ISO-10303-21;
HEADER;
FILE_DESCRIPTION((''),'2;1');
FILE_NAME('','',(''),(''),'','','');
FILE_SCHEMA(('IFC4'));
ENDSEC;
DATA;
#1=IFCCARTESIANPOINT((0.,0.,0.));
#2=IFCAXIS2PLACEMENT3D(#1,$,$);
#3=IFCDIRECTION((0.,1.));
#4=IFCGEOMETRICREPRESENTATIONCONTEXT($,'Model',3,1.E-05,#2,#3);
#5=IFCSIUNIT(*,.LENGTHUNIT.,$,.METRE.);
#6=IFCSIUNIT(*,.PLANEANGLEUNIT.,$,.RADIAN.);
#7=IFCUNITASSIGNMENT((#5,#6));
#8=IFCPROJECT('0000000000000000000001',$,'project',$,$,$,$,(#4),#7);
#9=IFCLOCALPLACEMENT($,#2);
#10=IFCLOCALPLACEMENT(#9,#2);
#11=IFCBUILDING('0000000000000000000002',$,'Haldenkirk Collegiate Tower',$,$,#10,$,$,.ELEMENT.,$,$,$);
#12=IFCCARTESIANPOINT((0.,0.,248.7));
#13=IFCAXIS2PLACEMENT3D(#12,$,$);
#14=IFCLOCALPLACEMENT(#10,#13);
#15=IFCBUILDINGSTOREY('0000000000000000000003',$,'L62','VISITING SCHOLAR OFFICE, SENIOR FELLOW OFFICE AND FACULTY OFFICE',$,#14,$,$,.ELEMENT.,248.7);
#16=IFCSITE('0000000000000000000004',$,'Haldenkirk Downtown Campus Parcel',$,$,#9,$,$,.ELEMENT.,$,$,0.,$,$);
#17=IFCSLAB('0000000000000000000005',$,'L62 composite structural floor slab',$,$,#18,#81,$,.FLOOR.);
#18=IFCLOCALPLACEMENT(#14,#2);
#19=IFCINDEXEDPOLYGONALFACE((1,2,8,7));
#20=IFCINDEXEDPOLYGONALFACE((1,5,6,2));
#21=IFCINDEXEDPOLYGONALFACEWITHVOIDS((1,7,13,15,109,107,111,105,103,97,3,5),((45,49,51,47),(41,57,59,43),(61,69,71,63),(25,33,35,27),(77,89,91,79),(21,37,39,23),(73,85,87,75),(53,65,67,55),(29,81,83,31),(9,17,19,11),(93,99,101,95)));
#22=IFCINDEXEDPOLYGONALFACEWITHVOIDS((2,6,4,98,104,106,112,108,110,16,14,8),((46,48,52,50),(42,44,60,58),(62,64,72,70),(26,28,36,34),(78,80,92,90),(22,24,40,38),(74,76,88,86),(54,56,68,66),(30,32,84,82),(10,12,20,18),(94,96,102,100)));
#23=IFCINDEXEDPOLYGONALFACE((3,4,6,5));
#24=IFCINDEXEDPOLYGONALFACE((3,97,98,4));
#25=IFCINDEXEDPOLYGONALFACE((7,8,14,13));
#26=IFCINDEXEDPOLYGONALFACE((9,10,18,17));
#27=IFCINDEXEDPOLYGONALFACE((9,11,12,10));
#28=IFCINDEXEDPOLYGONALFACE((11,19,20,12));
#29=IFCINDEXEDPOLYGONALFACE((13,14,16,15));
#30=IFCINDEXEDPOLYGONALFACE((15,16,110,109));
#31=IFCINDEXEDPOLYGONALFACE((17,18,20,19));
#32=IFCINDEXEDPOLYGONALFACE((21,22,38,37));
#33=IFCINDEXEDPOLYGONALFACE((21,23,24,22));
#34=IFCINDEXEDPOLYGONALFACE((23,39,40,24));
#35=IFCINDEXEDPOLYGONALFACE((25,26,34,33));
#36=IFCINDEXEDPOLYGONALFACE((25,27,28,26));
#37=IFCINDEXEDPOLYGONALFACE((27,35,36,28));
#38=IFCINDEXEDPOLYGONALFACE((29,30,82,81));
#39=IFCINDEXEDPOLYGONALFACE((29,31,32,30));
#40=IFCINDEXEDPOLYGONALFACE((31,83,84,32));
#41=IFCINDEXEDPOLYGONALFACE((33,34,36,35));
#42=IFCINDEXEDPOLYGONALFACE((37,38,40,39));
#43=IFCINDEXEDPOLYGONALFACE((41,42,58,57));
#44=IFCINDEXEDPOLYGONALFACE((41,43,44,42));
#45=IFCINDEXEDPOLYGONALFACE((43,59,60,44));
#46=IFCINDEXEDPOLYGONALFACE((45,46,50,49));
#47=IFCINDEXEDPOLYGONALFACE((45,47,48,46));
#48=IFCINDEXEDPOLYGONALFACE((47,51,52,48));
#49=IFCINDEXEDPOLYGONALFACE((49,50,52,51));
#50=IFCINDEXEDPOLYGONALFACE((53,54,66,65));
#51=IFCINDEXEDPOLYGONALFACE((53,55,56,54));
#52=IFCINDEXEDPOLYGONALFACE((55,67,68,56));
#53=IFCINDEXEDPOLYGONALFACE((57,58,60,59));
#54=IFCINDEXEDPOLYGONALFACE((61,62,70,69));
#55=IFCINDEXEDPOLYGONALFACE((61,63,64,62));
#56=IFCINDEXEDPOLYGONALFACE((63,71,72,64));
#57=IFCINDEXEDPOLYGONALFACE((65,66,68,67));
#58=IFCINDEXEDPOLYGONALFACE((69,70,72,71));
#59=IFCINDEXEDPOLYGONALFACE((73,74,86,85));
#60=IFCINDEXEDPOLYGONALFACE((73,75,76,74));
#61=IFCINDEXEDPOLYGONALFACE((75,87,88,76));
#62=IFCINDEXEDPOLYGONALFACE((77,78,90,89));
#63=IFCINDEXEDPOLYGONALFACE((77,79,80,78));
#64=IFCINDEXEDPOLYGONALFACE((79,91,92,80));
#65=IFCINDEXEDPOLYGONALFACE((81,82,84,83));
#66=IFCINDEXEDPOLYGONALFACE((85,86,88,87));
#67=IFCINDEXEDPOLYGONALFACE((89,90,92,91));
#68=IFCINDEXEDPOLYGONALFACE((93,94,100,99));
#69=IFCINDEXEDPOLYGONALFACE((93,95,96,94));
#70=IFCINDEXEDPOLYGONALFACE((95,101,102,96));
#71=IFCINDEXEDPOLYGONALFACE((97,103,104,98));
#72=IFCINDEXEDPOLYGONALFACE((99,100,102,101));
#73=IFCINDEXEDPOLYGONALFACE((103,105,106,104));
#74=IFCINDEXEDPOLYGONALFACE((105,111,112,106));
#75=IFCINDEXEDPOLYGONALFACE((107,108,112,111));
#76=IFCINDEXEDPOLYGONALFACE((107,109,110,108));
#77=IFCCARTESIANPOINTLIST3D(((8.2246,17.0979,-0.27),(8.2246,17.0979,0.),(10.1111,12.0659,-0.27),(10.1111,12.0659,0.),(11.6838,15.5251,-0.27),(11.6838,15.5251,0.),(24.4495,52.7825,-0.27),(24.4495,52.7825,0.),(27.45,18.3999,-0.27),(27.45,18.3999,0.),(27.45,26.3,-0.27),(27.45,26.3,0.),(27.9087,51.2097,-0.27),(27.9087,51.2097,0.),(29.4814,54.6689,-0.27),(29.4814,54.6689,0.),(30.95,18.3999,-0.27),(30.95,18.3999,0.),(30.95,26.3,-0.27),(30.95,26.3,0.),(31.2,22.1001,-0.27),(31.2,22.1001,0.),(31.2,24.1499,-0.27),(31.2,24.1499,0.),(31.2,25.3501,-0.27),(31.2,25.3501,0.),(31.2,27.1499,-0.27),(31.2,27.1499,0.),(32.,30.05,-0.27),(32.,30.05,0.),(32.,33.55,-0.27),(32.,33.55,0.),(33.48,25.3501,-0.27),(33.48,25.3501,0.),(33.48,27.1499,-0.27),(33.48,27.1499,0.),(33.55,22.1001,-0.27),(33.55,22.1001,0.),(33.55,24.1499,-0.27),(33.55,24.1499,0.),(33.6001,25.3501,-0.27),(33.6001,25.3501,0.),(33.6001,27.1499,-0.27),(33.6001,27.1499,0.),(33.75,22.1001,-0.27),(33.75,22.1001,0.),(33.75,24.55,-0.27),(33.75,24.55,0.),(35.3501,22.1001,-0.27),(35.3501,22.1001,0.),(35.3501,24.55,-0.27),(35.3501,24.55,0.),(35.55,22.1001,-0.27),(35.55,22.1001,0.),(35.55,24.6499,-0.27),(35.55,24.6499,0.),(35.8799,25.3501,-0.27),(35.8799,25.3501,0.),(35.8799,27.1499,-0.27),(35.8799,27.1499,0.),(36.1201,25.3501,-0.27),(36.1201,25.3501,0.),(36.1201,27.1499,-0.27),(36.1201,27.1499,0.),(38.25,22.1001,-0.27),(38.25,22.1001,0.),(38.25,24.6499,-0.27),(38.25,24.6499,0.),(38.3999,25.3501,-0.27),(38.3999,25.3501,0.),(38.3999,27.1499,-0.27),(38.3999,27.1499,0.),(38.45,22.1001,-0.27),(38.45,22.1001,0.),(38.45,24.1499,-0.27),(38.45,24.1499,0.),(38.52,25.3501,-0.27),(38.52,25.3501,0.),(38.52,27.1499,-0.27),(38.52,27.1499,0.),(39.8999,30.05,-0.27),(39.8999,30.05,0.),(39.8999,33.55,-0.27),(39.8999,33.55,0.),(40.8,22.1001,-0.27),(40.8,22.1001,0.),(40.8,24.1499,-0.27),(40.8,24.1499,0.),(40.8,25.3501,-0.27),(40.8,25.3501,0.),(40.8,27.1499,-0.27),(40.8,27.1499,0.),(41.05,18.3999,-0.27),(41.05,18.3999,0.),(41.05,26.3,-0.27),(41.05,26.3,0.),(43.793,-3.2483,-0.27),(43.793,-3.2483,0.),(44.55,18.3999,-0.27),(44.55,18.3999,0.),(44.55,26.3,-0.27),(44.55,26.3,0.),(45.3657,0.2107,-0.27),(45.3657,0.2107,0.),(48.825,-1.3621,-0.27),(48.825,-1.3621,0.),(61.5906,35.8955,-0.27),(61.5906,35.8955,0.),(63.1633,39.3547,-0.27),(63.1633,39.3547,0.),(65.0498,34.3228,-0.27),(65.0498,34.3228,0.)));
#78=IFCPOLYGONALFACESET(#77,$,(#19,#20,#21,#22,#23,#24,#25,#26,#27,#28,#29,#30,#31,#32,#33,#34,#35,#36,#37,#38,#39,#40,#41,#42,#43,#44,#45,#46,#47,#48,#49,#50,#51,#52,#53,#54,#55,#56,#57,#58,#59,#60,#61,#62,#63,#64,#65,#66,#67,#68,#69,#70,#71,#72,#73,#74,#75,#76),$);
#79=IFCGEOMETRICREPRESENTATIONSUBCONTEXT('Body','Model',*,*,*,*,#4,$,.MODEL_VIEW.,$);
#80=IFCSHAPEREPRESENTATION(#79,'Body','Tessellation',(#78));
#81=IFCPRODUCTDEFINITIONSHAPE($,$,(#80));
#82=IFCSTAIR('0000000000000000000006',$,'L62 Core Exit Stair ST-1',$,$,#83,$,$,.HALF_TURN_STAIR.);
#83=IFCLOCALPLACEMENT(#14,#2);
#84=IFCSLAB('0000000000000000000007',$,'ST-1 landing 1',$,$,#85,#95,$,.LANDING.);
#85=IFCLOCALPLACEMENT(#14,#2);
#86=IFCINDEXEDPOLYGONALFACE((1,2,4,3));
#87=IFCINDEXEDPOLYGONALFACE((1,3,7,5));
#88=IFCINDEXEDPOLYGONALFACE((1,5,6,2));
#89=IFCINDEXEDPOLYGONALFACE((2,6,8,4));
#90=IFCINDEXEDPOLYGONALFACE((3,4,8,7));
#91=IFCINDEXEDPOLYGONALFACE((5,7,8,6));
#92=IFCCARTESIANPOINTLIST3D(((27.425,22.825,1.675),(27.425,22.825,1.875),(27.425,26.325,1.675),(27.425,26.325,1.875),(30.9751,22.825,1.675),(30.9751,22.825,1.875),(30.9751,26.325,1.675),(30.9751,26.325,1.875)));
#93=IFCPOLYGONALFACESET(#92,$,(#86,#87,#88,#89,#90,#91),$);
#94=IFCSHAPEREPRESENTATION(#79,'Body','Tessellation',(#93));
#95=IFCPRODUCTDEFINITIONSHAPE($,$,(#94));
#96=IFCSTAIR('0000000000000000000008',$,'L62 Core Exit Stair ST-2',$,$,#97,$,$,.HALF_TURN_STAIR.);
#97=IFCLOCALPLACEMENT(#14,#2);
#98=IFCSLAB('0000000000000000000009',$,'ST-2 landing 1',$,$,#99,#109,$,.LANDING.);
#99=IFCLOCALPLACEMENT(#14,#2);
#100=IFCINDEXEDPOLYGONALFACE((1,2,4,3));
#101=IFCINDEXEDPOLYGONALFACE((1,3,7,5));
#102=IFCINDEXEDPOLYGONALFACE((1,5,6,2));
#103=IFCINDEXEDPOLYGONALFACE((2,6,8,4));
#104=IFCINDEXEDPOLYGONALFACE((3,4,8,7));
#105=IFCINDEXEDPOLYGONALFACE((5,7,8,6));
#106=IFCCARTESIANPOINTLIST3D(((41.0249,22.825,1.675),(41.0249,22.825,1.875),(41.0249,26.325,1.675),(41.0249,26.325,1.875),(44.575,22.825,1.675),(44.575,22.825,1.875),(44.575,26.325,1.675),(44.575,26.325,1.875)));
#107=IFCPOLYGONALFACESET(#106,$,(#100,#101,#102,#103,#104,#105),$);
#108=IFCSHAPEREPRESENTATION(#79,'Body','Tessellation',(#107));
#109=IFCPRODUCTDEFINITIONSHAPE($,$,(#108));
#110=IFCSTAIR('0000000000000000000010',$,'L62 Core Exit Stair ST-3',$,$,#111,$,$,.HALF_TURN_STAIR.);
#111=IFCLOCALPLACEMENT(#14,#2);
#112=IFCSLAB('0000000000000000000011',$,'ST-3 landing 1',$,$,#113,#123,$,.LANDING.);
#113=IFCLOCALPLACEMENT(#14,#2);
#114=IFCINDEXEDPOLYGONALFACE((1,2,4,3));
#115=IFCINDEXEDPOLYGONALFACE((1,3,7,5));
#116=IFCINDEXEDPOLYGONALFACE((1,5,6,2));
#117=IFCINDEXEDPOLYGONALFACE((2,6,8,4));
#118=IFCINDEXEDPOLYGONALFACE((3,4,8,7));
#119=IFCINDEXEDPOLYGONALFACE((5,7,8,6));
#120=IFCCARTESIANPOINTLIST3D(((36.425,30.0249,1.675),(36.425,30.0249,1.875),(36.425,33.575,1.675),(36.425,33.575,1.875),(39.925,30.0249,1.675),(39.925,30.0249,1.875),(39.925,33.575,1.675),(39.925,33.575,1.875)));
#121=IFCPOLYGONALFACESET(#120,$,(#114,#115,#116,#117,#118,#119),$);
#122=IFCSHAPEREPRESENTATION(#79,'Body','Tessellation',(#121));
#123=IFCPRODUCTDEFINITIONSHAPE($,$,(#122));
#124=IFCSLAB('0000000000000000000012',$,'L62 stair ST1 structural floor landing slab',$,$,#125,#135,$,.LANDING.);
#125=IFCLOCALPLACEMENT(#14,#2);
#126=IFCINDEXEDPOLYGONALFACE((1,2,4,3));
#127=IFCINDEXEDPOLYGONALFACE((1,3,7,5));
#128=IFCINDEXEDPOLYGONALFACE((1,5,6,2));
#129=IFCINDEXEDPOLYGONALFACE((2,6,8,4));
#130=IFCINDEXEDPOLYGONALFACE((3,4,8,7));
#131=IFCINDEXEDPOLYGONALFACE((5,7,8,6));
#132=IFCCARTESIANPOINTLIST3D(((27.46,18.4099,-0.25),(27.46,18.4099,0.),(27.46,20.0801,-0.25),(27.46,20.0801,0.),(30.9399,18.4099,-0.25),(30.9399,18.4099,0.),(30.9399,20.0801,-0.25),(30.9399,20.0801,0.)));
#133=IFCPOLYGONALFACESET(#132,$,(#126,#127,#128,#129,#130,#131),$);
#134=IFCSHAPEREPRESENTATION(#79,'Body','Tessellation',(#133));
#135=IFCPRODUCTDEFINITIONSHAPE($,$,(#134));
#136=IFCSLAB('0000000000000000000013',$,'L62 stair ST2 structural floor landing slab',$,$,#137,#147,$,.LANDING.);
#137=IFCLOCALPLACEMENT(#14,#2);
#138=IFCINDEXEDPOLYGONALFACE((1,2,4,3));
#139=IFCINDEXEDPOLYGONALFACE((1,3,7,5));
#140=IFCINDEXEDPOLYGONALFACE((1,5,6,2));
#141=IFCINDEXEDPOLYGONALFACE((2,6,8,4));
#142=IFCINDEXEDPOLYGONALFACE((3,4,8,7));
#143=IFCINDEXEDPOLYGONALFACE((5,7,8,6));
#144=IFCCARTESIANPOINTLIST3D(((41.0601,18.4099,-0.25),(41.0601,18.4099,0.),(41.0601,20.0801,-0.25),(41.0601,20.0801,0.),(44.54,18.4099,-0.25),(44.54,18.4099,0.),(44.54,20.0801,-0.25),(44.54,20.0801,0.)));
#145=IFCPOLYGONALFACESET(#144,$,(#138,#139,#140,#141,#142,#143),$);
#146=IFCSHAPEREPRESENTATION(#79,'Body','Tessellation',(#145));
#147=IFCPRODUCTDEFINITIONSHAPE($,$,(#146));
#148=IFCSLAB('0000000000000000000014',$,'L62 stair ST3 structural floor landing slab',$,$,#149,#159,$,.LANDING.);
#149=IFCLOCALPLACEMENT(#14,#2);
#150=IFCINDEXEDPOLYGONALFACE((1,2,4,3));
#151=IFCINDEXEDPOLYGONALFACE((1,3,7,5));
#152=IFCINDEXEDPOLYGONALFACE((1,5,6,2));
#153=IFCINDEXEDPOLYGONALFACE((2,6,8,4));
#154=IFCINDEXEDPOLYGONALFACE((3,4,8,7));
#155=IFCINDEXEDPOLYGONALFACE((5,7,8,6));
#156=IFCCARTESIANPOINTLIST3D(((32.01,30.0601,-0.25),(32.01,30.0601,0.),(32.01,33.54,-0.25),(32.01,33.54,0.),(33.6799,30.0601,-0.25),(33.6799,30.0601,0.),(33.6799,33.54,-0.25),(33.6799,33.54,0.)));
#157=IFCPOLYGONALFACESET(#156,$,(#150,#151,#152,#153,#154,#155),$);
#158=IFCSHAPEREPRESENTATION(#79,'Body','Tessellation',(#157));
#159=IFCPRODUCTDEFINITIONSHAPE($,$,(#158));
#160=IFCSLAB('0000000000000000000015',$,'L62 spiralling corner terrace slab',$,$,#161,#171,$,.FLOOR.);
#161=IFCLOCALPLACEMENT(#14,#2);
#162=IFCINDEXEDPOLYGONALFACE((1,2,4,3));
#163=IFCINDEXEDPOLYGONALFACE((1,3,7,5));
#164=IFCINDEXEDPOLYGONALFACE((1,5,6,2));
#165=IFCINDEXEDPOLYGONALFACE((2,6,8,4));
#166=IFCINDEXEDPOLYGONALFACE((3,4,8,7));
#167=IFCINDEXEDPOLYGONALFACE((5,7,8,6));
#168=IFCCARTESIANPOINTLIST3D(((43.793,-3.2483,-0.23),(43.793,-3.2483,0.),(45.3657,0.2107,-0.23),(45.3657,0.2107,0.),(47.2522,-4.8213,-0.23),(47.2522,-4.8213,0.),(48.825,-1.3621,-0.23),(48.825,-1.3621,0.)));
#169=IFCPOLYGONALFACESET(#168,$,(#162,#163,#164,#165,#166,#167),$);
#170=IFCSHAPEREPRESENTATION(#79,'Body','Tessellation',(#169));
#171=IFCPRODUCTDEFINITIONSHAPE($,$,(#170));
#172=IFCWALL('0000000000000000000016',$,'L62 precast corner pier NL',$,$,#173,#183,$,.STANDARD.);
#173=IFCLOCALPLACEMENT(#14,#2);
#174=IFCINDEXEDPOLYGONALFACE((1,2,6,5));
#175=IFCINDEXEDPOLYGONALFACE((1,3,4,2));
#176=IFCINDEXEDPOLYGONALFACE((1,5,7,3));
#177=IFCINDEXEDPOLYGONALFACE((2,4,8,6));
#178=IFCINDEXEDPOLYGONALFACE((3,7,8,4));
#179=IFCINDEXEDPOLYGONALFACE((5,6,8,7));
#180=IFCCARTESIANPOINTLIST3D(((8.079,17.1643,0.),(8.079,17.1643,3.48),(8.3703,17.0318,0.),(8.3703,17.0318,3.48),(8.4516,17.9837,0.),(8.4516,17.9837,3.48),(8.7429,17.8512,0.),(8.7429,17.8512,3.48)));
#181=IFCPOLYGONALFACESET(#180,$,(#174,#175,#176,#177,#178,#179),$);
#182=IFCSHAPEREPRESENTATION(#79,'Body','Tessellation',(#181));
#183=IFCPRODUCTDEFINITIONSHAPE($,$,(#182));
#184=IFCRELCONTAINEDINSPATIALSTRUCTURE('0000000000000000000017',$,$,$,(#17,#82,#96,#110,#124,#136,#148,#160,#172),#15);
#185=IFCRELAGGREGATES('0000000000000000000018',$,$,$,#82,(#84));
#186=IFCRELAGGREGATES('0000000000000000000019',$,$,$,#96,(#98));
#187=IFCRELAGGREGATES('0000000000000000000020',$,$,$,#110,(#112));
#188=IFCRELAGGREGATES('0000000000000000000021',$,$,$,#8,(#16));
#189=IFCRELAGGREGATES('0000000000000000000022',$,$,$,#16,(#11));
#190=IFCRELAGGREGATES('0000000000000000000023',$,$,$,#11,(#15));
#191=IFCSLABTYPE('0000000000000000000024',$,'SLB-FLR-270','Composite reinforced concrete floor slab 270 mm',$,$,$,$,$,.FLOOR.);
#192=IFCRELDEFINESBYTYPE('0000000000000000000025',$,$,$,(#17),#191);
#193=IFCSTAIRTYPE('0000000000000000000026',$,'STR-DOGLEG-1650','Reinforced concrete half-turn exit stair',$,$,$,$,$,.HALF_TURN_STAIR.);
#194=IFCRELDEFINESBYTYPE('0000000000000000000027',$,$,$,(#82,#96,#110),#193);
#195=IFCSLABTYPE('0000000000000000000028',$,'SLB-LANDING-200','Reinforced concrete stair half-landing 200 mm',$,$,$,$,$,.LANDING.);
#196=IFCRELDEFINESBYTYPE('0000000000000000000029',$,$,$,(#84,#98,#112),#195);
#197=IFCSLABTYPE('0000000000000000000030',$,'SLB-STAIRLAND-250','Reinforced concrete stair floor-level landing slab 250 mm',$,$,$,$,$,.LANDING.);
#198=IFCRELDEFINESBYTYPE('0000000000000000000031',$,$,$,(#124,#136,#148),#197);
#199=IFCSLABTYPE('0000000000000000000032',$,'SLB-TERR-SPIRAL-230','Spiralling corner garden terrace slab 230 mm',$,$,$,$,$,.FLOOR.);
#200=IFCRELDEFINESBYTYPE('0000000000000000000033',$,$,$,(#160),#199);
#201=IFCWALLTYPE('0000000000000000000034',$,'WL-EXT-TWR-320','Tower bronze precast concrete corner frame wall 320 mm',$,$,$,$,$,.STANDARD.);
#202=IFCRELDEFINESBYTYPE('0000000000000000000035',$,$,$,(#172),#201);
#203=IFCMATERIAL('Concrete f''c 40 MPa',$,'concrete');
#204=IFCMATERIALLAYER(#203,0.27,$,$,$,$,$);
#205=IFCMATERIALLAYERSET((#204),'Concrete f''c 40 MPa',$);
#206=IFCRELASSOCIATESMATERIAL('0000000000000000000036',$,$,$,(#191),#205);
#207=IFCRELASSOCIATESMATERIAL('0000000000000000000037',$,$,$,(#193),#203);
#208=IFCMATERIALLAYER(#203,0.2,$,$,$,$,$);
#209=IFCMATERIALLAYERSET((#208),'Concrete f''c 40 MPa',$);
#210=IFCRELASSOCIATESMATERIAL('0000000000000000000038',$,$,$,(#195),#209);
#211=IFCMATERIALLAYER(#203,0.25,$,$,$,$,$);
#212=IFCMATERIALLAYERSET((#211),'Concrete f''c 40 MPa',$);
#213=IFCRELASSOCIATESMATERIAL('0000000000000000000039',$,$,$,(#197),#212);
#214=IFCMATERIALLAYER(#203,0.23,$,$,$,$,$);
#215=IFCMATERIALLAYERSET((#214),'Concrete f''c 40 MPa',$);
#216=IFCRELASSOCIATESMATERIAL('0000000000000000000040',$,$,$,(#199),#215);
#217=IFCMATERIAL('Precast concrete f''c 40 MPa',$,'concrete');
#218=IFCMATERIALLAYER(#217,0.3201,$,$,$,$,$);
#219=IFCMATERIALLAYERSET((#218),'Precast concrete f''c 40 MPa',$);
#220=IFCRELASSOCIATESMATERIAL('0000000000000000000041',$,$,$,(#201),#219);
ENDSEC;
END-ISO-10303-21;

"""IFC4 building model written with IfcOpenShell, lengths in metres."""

from ifc_helpers import new_model, si_unit, direction, frame, frame_2d, origin, place, context, subcontext, project, spatial, polyline, rectangle, outline, extrude, material, layer, layer_set, type_object, element, aggregate, save


model = new_model("IFC4")

# Units and contexts
model_context = context("Model", 3, precision=1e-05, world=origin(), true_north=direction((0.0, 1.0)))
body_context = subcontext(model_context, "Body", "Model", "MODEL_VIEW")
ifc_project = project(units=[si_unit("LENGTHUNIT", "METRE"), si_unit("PLANEANGLEUNIT", "RADIAN")], contexts=[model_context])

# Site, building, storey
site_placement = place(None, origin())
site = spatial("IfcSite", under=ifc_project, at=site_placement, Name="Haldenkirk Downtown Campus Parcel", CompositionType="ELEMENT", RefElevation=0.0)
building_placement = place(site_placement, origin())
building = spatial("IfcBuilding", under=site, at=building_placement, Name="Haldenkirk Collegiate Tower", CompositionType="ELEMENT")
storey_placement = place(building_placement, frame((0.0, 0.0, 248.7)))
storey = spatial("IfcBuildingStorey", under=building, at=storey_placement, Name="L62", Description="VISITING SCHOLAR OFFICE, SENIOR FELLOW OFFICE AND FACULTY OFFICE", CompositionType="ELEMENT", Elevation=248.7)

# Slab
ifc_material_1 = material(Name="Concrete f'c 40 MPa", Category="concrete")
ifc_layer_1 = layer(ifc_material_1, 0.27)
ifc_layer_set_1 = layer_set([ifc_layer_1], Name="Concrete f'c 40 MPa")
slab_type_1 = type_object("IfcSlabType", Name="SLB-FLR-270", Description="Composite reinforced concrete floor slab 270 mm", PredefinedType="FLOOR", material=ifc_layer_set_1)
slab_1_placement = place(storey_placement, frame((0.0, 0.0, -0.27)))
element("IfcSlab", 1, at=slab_1_placement, inside=storey, type_object=slab_type_1, Name="L62 composite structural floor slab", PredefinedType="FLOOR", context=body_context, shape_type="SweptSolid", body=[
    extrude(outline(polyline([(48.825, -1.3621), (65.0498, 34.3228), (61.5906, 35.8955), (63.1633, 39.3547), (29.4814, 54.6689), (27.9087, 51.2097), (24.4495, 52.7825), (8.2246, 17.0979), (11.6838, 15.5251), (10.1111, 12.0659), (43.793, -3.2483), (45.3657, 0.2107), (48.825, -1.3621)]), holes=[polyline([(27.45, 18.3999), (30.95, 18.3999), (30.95, 26.3), (27.45, 26.3), (27.45, 18.3999)]), polyline([(41.05, 18.3999), (44.55, 18.3999), (44.55, 26.3), (41.05, 26.3), (41.05, 18.3999)]), polyline([(32.0, 30.05), (39.8999, 30.05), (39.8999, 33.55), (32.0, 33.55), (32.0, 30.05)]), polyline([(33.75, 22.1001), (35.3501, 22.1001), (35.3501, 24.55), (33.75, 24.55), (33.75, 22.1001)]), polyline([(31.2, 25.3501), (33.48, 25.3501), (33.48, 27.1499), (31.2, 27.1499), (31.2, 25.3501)]), polyline([(33.6001, 25.3501), (35.8799, 25.3501), (35.8799, 27.1499), (33.6001, 27.1499), (33.6001, 25.3501)]), polyline([(36.1201, 25.3501), (38.3999, 25.3501), (38.3999, 27.1499), (36.1201, 27.1499), (36.1201, 25.3501)]), polyline([(38.52, 25.3501), (40.8, 25.3501), (40.8, 27.1499), (38.52, 27.1499), (38.52, 25.3501)]), polyline([(31.2, 22.1001), (33.55, 22.1001), (33.55, 24.1499), (31.2, 24.1499), (31.2, 22.1001)]), polyline([(38.45, 22.1001), (40.8, 22.1001), (40.8, 24.1499), (38.45, 24.1499), (38.45, 22.1001)]), polyline([(35.55, 22.1001), (38.25, 22.1001), (38.25, 24.6499), (35.55, 24.6499), (35.55, 22.1001)])]), origin(), (0.0, 0.0, 1.0), 0.27),
])

# Stairs, slabs
stair_type = type_object("IfcStairType", Name="STR-DOGLEG-1650", Description="Reinforced concrete half-turn exit stair", PredefinedType="HALF_TURN_STAIR", material=ifc_material_1)
stair_1_placement = place(storey_placement, origin())
stair_1 = element("IfcStair", 2, at=stair_1_placement, inside=storey, type_object=stair_type, Name="L62 Core Exit Stair ST-1", PredefinedType="HALF_TURN_STAIR")
ifc_layer_2 = layer(ifc_material_1, 0.2)
ifc_layer_set_2 = layer_set([ifc_layer_2], Name="Concrete f'c 40 MPa")
slab_type_2 = type_object("IfcSlabType", Name="SLB-LANDING-200", Description="Reinforced concrete stair half-landing 200 mm", PredefinedType="LANDING", material=ifc_layer_set_2)
slab_2_placement = place(storey_placement, frame((0.0, 0.0, 1.675)))
slab_2 = element("IfcSlab", 3, at=slab_2_placement, type_object=slab_type_2, Name="ST-1 landing 1", PredefinedType="LANDING", context=body_context, shape_type="SweptSolid", body=[
    extrude(outline(polyline([(30.9751, 22.825), (27.425, 22.825), (27.425, 26.325), (30.9751, 26.325), (30.9751, 22.825)])), origin(), (0.0, 0.0, 1.0), 0.2),
])
aggregate(stair_1, [slab_2])
stair_2_placement = place(storey_placement, origin())
stair_2 = element("IfcStair", 4, at=stair_2_placement, inside=storey, type_object=stair_type, Name="L62 Core Exit Stair ST-2", PredefinedType="HALF_TURN_STAIR")
slab_3_placement = place(storey_placement, frame((0.0, 0.0, 1.675)))
slab_3 = element("IfcSlab", 5, at=slab_3_placement, type_object=slab_type_2, Name="ST-2 landing 1", PredefinedType="LANDING", context=body_context, shape_type="SweptSolid", body=[
    extrude(outline(polyline([(44.575, 22.825), (41.0249, 22.825), (41.0249, 26.325), (44.575, 26.325), (44.575, 22.825)])), origin(), (0.0, 0.0, 1.0), 0.2),
])
aggregate(stair_2, [slab_3])
stair_3_placement = place(storey_placement, origin())
stair_3 = element("IfcStair", 6, at=stair_3_placement, inside=storey, type_object=stair_type, Name="L62 Core Exit Stair ST-3", PredefinedType="HALF_TURN_STAIR")
slab_4_placement = place(storey_placement, frame((0.0, 0.0, 1.675)))
slab_4 = element("IfcSlab", 7, at=slab_4_placement, type_object=slab_type_2, Name="ST-3 landing 1", PredefinedType="LANDING", context=body_context, shape_type="SweptSolid", body=[
    extrude(outline(polyline([(36.425, 30.0249), (36.425, 33.575), (39.925, 33.575), (39.925, 30.0249), (36.425, 30.0249)])), origin(), (0.0, 0.0, 1.0), 0.2),
])
aggregate(stair_3, [slab_4])

# Slabs
ifc_layer_3 = layer(ifc_material_1, 0.25)
ifc_layer_set_3 = layer_set([ifc_layer_3], Name="Concrete f'c 40 MPa")
slab_type_3 = type_object("IfcSlabType", Name="SLB-STAIRLAND-250", Description="Reinforced concrete stair floor-level landing slab 250 mm", PredefinedType="LANDING", material=ifc_layer_set_3)
slab_5_placement = place(storey_placement, frame((0.0, 0.0, -0.25)))
element("IfcSlab", 8, at=slab_5_placement, inside=storey, type_object=slab_type_3, Name="L62 stair ST1 structural floor landing slab", PredefinedType="LANDING", context=body_context, shape_type="SweptSolid", body=[
    extrude(outline(polyline([(27.46, 18.4099), (30.9399, 18.4099), (30.9399, 20.0801), (27.46, 20.0801), (27.46, 18.4099)])), origin(), (0.0, 0.0, 1.0), 0.25),
])
slab_6_placement = place(storey_placement, frame((0.0, 0.0, -0.25)))
element("IfcSlab", 9, at=slab_6_placement, inside=storey, type_object=slab_type_3, Name="L62 stair ST2 structural floor landing slab", PredefinedType="LANDING", context=body_context, shape_type="SweptSolid", body=[
    extrude(outline(polyline([(41.0601, 18.4099), (44.54, 18.4099), (44.54, 20.0801), (41.0601, 20.0801), (41.0601, 18.4099)])), origin(), (0.0, 0.0, 1.0), 0.25),
])
slab_7_placement = place(storey_placement, frame((0.0, 0.0, -0.25)))
element("IfcSlab", 10, at=slab_7_placement, inside=storey, type_object=slab_type_3, Name="L62 stair ST3 structural floor landing slab", PredefinedType="LANDING", context=body_context, shape_type="SweptSolid", body=[
    extrude(outline(polyline([(32.01, 30.0601), (33.6799, 30.0601), (33.6799, 33.54), (32.01, 33.54), (32.01, 30.0601)])), origin(), (0.0, 0.0, 1.0), 0.25),
])
ifc_layer_4 = layer(ifc_material_1, 0.23)
ifc_layer_set_4 = layer_set([ifc_layer_4], Name="Concrete f'c 40 MPa")
slab_type_4 = type_object("IfcSlabType", Name="SLB-TERR-SPIRAL-230", Description="Spiralling corner garden terrace slab 230 mm", PredefinedType="FLOOR", material=ifc_layer_set_4)
slab_8_placement = place(storey_placement, frame((0.0, 0.0, -0.23)))
element("IfcSlab", 11, at=slab_8_placement, inside=storey, type_object=slab_type_4, Name="L62 spiralling corner terrace slab", PredefinedType="FLOOR", context=body_context, shape_type="SweptSolid", body=[
    extrude(outline(polyline([(47.2522, -4.8213), (48.825, -1.3621), (45.3657, 0.2107), (43.793, -3.2483), (47.2522, -4.8213)])), origin(), (0.0, 0.0, 1.0), 0.23),
])

# Wall
ifc_material_2 = material(Name="Precast concrete f'c 40 MPa", Category="concrete")
ifc_layer_5 = layer(ifc_material_2, 0.3201)
ifc_layer_set_5 = layer_set([ifc_layer_5], Name="Precast concrete f'c 40 MPa")
wall_type_1 = type_object("IfcWallType", Name="WL-EXT-TWR-320", Description="Tower bronze precast concrete corner frame wall 320 mm", PredefinedType="STANDARD", material=ifc_layer_set_5)
wall_1_placement = place(storey_placement, frame((8.2246, 17.0979, 0.0), z_axis=(0.0, 0.0, 1.0), x_axis=(0.413926, 0.910311, 0.0)))
element("IfcWall", 12, at=wall_1_placement, inside=storey, type_object=wall_type_1, Name="L62 precast corner pier NL", PredefinedType="STANDARD", context=body_context, shape_type="SweptSolid", body=[
    extrude(rectangle(XDim=0.9001, YDim=0.3201, at=frame_2d((0.4502, 0.0))), origin(), (0.0, 0.0, 1.0), 3.48),
])

save(model, "model.ifc")
